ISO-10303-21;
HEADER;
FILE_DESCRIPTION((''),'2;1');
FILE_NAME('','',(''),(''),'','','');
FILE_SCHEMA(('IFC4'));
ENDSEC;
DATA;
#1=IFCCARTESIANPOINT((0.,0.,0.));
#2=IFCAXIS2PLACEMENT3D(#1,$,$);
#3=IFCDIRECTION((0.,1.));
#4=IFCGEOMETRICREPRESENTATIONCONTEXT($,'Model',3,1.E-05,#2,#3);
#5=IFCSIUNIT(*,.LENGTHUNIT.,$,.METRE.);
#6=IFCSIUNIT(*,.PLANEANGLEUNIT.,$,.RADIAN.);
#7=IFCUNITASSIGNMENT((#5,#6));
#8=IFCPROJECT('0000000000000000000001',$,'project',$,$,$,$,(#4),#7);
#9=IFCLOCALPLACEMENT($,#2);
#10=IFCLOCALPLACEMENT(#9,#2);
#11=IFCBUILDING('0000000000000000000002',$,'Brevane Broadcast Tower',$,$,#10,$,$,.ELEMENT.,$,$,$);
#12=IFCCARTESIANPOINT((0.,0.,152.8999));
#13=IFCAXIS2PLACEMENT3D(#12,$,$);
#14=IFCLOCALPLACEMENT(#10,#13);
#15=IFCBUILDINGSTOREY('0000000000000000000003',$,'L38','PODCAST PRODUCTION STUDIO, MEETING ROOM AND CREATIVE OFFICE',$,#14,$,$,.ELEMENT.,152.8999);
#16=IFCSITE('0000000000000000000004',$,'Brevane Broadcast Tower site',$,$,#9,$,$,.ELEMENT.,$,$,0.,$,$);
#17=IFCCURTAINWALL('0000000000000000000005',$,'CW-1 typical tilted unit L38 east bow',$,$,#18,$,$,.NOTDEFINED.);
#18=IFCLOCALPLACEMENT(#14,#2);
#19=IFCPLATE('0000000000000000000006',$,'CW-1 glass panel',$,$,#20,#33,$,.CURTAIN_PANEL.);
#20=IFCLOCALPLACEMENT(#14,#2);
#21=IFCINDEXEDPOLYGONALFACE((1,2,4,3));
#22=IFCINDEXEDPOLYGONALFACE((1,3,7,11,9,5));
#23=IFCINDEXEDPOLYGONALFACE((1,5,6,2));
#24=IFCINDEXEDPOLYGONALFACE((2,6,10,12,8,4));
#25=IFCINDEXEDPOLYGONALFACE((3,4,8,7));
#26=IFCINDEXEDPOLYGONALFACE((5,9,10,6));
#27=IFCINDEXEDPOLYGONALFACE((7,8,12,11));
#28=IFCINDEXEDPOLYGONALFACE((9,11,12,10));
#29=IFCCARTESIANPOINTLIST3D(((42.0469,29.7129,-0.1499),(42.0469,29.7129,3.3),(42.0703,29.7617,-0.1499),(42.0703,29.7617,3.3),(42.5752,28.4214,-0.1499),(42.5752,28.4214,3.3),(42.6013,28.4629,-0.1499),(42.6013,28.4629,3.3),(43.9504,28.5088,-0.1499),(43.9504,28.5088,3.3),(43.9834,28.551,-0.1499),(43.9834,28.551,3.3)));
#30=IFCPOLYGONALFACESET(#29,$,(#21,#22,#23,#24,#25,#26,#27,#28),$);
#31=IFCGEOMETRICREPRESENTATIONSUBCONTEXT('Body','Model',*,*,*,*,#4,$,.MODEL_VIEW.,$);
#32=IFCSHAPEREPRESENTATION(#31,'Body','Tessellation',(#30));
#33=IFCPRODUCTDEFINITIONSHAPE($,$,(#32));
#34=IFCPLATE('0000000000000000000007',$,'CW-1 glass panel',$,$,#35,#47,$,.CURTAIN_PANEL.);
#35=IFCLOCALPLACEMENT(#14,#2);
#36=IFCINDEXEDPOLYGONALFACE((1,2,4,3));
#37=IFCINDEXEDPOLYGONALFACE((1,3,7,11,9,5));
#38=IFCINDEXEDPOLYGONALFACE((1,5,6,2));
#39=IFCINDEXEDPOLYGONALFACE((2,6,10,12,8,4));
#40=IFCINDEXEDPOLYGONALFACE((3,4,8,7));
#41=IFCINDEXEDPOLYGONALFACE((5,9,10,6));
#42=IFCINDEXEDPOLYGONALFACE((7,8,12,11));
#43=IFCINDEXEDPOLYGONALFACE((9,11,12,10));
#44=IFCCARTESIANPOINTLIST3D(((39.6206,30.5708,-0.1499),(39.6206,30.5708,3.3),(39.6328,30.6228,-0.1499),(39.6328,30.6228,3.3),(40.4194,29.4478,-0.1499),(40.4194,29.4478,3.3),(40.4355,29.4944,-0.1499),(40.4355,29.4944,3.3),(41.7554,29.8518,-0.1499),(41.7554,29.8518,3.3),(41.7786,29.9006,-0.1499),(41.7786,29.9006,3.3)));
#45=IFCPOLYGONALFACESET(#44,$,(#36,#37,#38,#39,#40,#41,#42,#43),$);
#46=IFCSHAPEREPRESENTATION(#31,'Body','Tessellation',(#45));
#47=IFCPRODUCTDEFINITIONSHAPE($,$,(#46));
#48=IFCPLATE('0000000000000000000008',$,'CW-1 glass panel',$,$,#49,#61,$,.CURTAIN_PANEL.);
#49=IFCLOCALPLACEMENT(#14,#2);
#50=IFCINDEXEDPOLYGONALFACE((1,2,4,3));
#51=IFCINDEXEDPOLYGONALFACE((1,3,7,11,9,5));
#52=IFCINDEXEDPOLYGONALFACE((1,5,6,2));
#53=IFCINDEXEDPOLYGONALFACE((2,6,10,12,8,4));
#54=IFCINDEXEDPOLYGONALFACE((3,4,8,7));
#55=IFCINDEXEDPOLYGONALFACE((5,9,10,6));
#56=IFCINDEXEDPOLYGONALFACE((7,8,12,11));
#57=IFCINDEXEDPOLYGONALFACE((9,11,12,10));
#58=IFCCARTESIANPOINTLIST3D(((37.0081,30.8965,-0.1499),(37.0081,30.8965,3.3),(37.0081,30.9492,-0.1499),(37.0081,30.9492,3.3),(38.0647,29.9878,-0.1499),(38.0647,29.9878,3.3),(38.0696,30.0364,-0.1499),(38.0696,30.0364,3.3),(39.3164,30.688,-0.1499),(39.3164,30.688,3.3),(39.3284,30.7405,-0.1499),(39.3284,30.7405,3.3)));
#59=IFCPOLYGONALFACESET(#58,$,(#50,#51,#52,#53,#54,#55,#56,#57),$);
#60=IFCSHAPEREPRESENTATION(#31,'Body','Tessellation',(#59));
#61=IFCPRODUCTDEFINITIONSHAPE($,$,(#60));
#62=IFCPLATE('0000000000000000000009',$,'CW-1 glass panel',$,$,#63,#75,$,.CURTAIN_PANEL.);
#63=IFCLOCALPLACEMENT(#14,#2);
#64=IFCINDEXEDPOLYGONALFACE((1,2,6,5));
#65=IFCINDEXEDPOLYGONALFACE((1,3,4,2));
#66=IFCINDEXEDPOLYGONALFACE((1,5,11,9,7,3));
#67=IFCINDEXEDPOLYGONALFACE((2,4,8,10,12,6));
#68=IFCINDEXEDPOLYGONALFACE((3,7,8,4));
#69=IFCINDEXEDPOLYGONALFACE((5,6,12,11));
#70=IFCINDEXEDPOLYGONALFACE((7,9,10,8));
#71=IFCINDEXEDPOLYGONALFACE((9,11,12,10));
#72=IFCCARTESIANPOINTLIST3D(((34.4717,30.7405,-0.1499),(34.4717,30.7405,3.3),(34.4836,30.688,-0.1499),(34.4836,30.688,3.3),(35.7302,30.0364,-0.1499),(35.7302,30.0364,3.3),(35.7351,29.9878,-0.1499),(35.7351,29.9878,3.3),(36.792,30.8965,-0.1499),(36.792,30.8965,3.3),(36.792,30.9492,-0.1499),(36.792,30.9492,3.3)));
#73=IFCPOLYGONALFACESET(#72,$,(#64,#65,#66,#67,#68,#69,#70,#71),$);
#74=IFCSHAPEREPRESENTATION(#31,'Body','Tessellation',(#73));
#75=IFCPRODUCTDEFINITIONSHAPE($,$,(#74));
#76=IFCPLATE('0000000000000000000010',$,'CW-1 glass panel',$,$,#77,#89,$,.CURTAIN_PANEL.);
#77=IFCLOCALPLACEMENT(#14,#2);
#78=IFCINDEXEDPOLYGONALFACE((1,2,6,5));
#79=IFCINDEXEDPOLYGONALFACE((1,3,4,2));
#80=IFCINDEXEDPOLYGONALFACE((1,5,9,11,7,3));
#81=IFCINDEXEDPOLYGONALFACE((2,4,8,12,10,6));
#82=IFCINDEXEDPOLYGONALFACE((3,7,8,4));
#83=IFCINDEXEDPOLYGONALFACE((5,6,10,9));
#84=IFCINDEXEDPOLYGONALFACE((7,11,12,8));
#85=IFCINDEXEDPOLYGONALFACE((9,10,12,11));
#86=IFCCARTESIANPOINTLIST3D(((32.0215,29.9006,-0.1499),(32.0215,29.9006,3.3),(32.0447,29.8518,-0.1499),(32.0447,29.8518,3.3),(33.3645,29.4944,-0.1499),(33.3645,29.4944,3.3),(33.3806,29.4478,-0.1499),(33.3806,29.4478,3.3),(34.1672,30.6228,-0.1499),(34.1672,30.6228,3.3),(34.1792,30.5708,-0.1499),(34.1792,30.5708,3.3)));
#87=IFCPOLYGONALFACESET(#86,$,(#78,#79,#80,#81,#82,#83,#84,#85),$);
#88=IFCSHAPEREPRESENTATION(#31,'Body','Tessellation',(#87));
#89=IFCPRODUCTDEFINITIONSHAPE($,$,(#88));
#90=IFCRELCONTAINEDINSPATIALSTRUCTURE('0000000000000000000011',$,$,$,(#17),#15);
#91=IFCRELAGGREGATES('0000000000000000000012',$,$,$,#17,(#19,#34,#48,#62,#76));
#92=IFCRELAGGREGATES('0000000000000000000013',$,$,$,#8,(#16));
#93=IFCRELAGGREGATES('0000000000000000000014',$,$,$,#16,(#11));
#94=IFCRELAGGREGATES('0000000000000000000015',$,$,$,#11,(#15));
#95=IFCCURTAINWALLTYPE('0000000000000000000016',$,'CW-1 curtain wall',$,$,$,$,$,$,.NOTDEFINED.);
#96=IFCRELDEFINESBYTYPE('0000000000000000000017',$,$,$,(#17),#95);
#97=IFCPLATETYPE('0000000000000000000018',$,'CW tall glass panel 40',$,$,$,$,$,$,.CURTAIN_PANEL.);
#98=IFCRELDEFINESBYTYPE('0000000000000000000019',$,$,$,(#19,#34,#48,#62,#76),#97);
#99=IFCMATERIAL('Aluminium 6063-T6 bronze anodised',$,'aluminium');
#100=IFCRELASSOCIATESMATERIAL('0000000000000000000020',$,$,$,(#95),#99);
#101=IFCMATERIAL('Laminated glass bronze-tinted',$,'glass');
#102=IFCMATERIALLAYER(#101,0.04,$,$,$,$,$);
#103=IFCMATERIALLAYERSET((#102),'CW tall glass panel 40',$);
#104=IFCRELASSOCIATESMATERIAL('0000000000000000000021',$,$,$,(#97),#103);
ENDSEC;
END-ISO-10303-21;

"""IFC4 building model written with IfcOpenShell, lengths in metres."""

from ifc_helpers import new_model, si_unit, direction, frame, origin, place, context, subcontext, project, spatial, polyline, outline, extrude, material, layer, layer_set, type_object, element, aggregate, save


model = new_model("IFC4")

# Units and contexts
model_context = context("Model", 3, precision=1e-05, world=origin(), true_north=direction((0.0, 1.0)))
body_context = subcontext(model_context, "Body", "Model", "MODEL_VIEW")
ifc_project = project(units=[si_unit("LENGTHUNIT", "METRE"), si_unit("PLANEANGLEUNIT", "RADIAN")], contexts=[model_context])

# Site, building, storey
site_placement = place(None, origin())
site = spatial("IfcSite", under=ifc_project, at=site_placement, Name="Brevane Broadcast Tower site", CompositionType="ELEMENT", RefElevation=0.0)
building_placement = place(site_placement, origin())
building = spatial("IfcBuilding", under=site, at=building_placement, Name="Brevane Broadcast Tower", CompositionType="ELEMENT")
storey_placement = place(building_placement, frame((0.0, 0.0, 152.8999)))
storey = spatial("IfcBuildingStorey", under=building, at=storey_placement, Name="L38", Description="PODCAST PRODUCTION STUDIO, MEETING ROOM AND CREATIVE OFFICE", CompositionType="ELEMENT", Elevation=152.8999)

# Curtain wall, plates
ifc_material_1 = material(Name="Aluminium 6063-T6 bronze anodised", Category="aluminium")
curtain_wall_type = type_object("IfcCurtainWallType", Name="CW-1 curtain wall", PredefinedType="NOTDEFINED", material=ifc_material_1)
ifc_material_2 = material(Name="Laminated glass bronze-tinted", Category="glass")
ifc_layer = layer(ifc_material_2, 0.04)
ifc_layer_set = layer_set([ifc_layer], Name="CW tall glass panel 40")
plate_type = type_object("IfcPlateType", Name="CW tall glass panel 40", PredefinedType="CURTAIN_PANEL", material=ifc_layer_set)
curtain_wall_1_placement = place(storey_placement, origin())
curtain_wall_1 = element("IfcCurtainWall", 1, at=curtain_wall_1_placement, inside=storey, type_object=curtain_wall_type, Name="CW-1 typical tilted unit L38 east bow", PredefinedType="NOTDEFINED")
plate_1_placement = place(storey_placement, frame((0.0, 0.0, -0.1499)))
plate_1 = element("IfcPlate", 2, at=plate_1_placement, type_object=plate_type, Name="CW-1 glass panel", PredefinedType="CURTAIN_PANEL", context=body_context, shape_type="SweptSolid", body=[
    extrude(outline(polyline([(43.9504, 28.5088), (43.9834, 28.551), (42.6013, 28.4629), (42.0703, 29.7617), (42.0469, 29.7129), (42.5752, 28.4214), (43.9504, 28.5088)])), origin(), (0.0, 0.0, 1.0), 3.45),
])
plate_2_placement = place(storey_placement, frame((0.0, 0.0, -0.1499)))
plate_2 = element("IfcPlate", 3, at=plate_2_placement, type_object=plate_type, Name="CW-1 glass panel", PredefinedType="CURTAIN_PANEL", context=body_context, shape_type="SweptSolid", body=[
    extrude(outline(polyline([(41.7554, 29.8518), (41.7786, 29.9006), (40.4355, 29.4944), (39.6328, 30.6228), (39.6206, 30.5708), (40.4194, 29.4478), (41.7554, 29.8518)])), origin(), (0.0, 0.0, 1.0), 3.45),
])
plate_3_placement = place(storey_placement, frame((0.0, 0.0, -0.1499)))
plate_3 = element("IfcPlate", 4, at=plate_3_placement, type_object=plate_type, Name="CW-1 glass panel", PredefinedType="CURTAIN_PANEL", context=body_context, shape_type="SweptSolid", body=[
    extrude(outline(polyline([(39.3164, 30.688), (39.3284, 30.7405), (38.0696, 30.0364), (37.0081, 30.9492), (37.0081, 30.8965), (38.0647, 29.9878), (39.3164, 30.688)])), origin(), (0.0, 0.0, 1.0), 3.45),
])
plate_4_placement = place(storey_placement, frame((0.0, 0.0, -0.1499)))
plate_4 = element("IfcPlate", 5, at=plate_4_placement, type_object=plate_type, Name="CW-1 glass panel", PredefinedType="CURTAIN_PANEL", context=body_context, shape_type="SweptSolid", body=[
    extrude(outline(polyline([(36.792, 30.8965), (36.792, 30.9492), (35.7302, 30.0364), (34.4717, 30.7405), (34.4836, 30.688), (35.7351, 29.9878), (36.792, 30.8965)])), origin(), (0.0, 0.0, 1.0), 3.45),
])
plate_5_placement = place(storey_placement, frame((0.0, 0.0, -0.1499)))
plate_5 = element("IfcPlate", 6, at=plate_5_placement, type_object=plate_type, Name="CW-1 glass panel", PredefinedType="CURTAIN_PANEL", context=body_context, shape_type="SweptSolid", body=[
    extrude(outline(polyline([(34.1792, 30.5708), (34.1672, 30.6228), (33.3645, 29.4944), (32.0215, 29.9006), (32.0447, 29.8518), (33.3806, 29.4478), (34.1792, 30.5708)])), origin(), (0.0, 0.0, 1.0), 3.45),
])
aggregate(curtain_wall_1, [plate_1, plate_2, plate_3, plate_4, plate_5])

save(model, "model.ifc")
